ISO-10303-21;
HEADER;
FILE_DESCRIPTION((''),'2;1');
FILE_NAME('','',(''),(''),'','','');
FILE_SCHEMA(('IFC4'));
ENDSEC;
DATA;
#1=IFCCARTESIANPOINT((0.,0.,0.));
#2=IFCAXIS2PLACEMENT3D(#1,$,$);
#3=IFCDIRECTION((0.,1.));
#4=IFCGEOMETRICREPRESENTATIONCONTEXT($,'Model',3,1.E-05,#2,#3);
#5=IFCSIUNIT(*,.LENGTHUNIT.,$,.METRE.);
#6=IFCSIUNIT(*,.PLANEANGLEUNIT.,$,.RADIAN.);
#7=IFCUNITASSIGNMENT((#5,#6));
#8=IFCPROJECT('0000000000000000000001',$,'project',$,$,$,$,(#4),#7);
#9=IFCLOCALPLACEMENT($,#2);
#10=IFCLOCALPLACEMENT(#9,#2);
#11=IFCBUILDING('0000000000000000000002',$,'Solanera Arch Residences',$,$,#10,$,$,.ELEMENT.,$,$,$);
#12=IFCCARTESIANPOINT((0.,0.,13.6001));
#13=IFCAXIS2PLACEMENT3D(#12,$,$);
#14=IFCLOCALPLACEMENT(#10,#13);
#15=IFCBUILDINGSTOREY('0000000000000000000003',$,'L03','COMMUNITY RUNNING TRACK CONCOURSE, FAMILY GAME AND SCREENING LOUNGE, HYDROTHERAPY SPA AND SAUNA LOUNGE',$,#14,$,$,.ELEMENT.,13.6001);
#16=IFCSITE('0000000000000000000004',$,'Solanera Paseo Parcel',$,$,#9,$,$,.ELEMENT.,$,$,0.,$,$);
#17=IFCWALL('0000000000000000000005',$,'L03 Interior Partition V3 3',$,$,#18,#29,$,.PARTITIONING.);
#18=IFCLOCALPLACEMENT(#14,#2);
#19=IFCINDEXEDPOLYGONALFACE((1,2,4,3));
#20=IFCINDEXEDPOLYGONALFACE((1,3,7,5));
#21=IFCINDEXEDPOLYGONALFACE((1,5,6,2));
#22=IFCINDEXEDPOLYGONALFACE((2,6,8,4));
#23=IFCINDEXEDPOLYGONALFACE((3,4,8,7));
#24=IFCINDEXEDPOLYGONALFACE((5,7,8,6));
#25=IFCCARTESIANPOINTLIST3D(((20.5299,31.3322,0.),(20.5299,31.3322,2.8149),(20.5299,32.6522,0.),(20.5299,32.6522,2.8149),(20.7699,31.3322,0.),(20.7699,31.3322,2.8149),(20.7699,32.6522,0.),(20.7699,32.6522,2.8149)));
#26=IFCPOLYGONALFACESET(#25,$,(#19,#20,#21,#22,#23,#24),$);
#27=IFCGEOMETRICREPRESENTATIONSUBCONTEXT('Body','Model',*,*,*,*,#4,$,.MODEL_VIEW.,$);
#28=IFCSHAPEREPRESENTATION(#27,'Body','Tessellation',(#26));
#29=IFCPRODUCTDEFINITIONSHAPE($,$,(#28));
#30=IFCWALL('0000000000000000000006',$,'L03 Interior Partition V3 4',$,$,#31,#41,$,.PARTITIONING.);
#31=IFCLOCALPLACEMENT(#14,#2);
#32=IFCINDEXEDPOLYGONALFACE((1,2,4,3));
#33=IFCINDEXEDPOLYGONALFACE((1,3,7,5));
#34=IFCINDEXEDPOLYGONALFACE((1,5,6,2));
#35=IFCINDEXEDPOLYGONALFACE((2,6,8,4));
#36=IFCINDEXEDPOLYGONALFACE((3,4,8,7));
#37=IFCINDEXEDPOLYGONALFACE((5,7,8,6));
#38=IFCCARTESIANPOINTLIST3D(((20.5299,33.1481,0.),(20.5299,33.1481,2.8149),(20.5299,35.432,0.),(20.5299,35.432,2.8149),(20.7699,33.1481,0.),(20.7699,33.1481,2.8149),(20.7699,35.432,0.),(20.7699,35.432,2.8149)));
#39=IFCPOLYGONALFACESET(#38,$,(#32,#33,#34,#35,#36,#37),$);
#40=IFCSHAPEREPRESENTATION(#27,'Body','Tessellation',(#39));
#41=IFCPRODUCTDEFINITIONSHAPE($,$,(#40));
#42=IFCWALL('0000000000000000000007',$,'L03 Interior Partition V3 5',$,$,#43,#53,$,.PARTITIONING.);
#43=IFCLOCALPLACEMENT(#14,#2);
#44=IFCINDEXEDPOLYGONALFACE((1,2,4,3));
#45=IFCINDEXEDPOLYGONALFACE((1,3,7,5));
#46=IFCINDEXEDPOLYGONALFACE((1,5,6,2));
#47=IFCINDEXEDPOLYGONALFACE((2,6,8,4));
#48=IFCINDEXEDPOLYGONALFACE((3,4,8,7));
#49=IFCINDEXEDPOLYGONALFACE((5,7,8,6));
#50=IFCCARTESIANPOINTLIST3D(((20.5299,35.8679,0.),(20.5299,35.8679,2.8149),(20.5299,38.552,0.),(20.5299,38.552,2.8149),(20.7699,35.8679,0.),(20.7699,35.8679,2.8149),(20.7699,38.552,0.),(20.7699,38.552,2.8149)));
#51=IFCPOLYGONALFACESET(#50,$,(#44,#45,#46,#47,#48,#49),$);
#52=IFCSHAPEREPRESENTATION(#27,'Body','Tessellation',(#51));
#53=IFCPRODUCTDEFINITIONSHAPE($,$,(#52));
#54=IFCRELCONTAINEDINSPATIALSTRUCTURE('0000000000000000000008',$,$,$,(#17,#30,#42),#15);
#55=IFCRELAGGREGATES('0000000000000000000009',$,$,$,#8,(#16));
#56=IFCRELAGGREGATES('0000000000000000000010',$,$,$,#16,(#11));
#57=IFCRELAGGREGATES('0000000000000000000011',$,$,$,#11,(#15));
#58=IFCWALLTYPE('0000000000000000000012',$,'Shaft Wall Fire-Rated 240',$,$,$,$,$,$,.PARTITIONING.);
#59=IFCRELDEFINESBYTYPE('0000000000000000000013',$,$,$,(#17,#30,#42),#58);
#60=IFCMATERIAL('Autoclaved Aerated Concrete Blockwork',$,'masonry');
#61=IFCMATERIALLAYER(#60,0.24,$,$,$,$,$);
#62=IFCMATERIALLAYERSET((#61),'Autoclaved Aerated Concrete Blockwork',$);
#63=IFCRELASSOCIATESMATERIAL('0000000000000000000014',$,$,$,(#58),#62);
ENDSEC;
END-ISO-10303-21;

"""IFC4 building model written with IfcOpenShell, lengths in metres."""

from ifc_helpers import new_model, si_unit, direction, frame, frame_2d, origin, place, context, subcontext, project, spatial, rectangle, extrude, material, layer, layer_set, type_object, element, save


model = new_model("IFC4")

# Units and contexts
model_context = context("Model", 3, precision=1e-05, world=origin(), true_north=direction((0.0, 1.0)))
body_context = subcontext(model_context, "Body", "Model", "MODEL_VIEW")
ifc_project = project(units=[si_unit("LENGTHUNIT", "METRE"), si_unit("PLANEANGLEUNIT", "RADIAN")], contexts=[model_context])

# Site, building, storey
site_placement = place(None, origin())
site = spatial("IfcSite", under=ifc_project, at=site_placement, Name="Solanera Paseo Parcel", CompositionType="ELEMENT", RefElevation=0.0)
building_placement = place(site_placement, origin())
building = spatial("IfcBuilding", under=site, at=building_placement, Name="Solanera Arch Residences", CompositionType="ELEMENT")
storey_placement = place(building_placement, frame((0.0, 0.0, 13.6001)))
storey = spatial("IfcBuildingStorey", under=building, at=storey_placement, Name="L03", Description="COMMUNITY RUNNING TRACK CONCOURSE, FAMILY GAME AND SCREENING LOUNGE, HYDROTHERAPY SPA AND SAUNA LOUNGE", CompositionType="ELEMENT", Elevation=13.6001)

# Walls
ifc_material_1 = material(Name="Autoclaved Aerated Concrete Blockwork", Category="masonry")
ifc_layer_1 = layer(ifc_material_1, 0.24)
ifc_layer_set_1 = layer_set([ifc_layer_1], Name="Autoclaved Aerated Concrete Blockwork")
wall_type_1 = type_object("IfcWallType", Name="Shaft Wall Fire-Rated 240", PredefinedType="PARTITIONING", material=ifc_layer_set_1)
wall_1_placement = place(storey_placement, frame((20.6499, 31.332, 0.0), z_axis=(0.0, 0.0, 1.0), x_axis=(0.0, 1.0, 0.0)))
element("IfcWall", 1, at=wall_1_placement, inside=storey, type_object=wall_type_1, Name="L03 Interior Partition V3 3", PredefinedType="PARTITIONING", context=body_context, shape_type="SweptSolid", body=[
    extrude(rectangle(XDim=1.3201, YDim=0.24, at=frame_2d((0.6602, 0.0))), origin(), (0.0, 0.0, 1.0), 2.8149),
])
wall_2_placement = place(storey_placement, frame((20.6499, 33.1479, 0.0), z_axis=(0.0, 0.0, 1.0), x_axis=(0.0, 1.0, 0.0)))
element("IfcWall", 2, at=wall_2_placement, inside=storey, type_object=wall_type_1, Name="L03 Interior Partition V3 4", PredefinedType="PARTITIONING", context=body_context, shape_type="SweptSolid", body=[
    extrude(rectangle(XDim=2.2839, YDim=0.24, at=frame_2d((1.1421, 0.0))), origin(), (0.0, 0.0, 1.0), 2.8149),
])
wall_3_placement = place(storey_placement, frame((20.6499, 35.8679, 0.0), z_axis=(0.0, 0.0, 1.0), x_axis=(0.0, 1.0, 0.0)))
element("IfcWall", 3, at=wall_3_placement, inside=storey, type_object=wall_type_1, Name="L03 Interior Partition V3 5", PredefinedType="PARTITIONING", context=body_context, shape_type="SweptSolid", body=[
    extrude(rectangle(XDim=2.6841, YDim=0.24, at=frame_2d((1.342, 0.0))), origin(), (0.0, 0.0, 1.0), 2.8149),
])

save(model, "model.ifc")
